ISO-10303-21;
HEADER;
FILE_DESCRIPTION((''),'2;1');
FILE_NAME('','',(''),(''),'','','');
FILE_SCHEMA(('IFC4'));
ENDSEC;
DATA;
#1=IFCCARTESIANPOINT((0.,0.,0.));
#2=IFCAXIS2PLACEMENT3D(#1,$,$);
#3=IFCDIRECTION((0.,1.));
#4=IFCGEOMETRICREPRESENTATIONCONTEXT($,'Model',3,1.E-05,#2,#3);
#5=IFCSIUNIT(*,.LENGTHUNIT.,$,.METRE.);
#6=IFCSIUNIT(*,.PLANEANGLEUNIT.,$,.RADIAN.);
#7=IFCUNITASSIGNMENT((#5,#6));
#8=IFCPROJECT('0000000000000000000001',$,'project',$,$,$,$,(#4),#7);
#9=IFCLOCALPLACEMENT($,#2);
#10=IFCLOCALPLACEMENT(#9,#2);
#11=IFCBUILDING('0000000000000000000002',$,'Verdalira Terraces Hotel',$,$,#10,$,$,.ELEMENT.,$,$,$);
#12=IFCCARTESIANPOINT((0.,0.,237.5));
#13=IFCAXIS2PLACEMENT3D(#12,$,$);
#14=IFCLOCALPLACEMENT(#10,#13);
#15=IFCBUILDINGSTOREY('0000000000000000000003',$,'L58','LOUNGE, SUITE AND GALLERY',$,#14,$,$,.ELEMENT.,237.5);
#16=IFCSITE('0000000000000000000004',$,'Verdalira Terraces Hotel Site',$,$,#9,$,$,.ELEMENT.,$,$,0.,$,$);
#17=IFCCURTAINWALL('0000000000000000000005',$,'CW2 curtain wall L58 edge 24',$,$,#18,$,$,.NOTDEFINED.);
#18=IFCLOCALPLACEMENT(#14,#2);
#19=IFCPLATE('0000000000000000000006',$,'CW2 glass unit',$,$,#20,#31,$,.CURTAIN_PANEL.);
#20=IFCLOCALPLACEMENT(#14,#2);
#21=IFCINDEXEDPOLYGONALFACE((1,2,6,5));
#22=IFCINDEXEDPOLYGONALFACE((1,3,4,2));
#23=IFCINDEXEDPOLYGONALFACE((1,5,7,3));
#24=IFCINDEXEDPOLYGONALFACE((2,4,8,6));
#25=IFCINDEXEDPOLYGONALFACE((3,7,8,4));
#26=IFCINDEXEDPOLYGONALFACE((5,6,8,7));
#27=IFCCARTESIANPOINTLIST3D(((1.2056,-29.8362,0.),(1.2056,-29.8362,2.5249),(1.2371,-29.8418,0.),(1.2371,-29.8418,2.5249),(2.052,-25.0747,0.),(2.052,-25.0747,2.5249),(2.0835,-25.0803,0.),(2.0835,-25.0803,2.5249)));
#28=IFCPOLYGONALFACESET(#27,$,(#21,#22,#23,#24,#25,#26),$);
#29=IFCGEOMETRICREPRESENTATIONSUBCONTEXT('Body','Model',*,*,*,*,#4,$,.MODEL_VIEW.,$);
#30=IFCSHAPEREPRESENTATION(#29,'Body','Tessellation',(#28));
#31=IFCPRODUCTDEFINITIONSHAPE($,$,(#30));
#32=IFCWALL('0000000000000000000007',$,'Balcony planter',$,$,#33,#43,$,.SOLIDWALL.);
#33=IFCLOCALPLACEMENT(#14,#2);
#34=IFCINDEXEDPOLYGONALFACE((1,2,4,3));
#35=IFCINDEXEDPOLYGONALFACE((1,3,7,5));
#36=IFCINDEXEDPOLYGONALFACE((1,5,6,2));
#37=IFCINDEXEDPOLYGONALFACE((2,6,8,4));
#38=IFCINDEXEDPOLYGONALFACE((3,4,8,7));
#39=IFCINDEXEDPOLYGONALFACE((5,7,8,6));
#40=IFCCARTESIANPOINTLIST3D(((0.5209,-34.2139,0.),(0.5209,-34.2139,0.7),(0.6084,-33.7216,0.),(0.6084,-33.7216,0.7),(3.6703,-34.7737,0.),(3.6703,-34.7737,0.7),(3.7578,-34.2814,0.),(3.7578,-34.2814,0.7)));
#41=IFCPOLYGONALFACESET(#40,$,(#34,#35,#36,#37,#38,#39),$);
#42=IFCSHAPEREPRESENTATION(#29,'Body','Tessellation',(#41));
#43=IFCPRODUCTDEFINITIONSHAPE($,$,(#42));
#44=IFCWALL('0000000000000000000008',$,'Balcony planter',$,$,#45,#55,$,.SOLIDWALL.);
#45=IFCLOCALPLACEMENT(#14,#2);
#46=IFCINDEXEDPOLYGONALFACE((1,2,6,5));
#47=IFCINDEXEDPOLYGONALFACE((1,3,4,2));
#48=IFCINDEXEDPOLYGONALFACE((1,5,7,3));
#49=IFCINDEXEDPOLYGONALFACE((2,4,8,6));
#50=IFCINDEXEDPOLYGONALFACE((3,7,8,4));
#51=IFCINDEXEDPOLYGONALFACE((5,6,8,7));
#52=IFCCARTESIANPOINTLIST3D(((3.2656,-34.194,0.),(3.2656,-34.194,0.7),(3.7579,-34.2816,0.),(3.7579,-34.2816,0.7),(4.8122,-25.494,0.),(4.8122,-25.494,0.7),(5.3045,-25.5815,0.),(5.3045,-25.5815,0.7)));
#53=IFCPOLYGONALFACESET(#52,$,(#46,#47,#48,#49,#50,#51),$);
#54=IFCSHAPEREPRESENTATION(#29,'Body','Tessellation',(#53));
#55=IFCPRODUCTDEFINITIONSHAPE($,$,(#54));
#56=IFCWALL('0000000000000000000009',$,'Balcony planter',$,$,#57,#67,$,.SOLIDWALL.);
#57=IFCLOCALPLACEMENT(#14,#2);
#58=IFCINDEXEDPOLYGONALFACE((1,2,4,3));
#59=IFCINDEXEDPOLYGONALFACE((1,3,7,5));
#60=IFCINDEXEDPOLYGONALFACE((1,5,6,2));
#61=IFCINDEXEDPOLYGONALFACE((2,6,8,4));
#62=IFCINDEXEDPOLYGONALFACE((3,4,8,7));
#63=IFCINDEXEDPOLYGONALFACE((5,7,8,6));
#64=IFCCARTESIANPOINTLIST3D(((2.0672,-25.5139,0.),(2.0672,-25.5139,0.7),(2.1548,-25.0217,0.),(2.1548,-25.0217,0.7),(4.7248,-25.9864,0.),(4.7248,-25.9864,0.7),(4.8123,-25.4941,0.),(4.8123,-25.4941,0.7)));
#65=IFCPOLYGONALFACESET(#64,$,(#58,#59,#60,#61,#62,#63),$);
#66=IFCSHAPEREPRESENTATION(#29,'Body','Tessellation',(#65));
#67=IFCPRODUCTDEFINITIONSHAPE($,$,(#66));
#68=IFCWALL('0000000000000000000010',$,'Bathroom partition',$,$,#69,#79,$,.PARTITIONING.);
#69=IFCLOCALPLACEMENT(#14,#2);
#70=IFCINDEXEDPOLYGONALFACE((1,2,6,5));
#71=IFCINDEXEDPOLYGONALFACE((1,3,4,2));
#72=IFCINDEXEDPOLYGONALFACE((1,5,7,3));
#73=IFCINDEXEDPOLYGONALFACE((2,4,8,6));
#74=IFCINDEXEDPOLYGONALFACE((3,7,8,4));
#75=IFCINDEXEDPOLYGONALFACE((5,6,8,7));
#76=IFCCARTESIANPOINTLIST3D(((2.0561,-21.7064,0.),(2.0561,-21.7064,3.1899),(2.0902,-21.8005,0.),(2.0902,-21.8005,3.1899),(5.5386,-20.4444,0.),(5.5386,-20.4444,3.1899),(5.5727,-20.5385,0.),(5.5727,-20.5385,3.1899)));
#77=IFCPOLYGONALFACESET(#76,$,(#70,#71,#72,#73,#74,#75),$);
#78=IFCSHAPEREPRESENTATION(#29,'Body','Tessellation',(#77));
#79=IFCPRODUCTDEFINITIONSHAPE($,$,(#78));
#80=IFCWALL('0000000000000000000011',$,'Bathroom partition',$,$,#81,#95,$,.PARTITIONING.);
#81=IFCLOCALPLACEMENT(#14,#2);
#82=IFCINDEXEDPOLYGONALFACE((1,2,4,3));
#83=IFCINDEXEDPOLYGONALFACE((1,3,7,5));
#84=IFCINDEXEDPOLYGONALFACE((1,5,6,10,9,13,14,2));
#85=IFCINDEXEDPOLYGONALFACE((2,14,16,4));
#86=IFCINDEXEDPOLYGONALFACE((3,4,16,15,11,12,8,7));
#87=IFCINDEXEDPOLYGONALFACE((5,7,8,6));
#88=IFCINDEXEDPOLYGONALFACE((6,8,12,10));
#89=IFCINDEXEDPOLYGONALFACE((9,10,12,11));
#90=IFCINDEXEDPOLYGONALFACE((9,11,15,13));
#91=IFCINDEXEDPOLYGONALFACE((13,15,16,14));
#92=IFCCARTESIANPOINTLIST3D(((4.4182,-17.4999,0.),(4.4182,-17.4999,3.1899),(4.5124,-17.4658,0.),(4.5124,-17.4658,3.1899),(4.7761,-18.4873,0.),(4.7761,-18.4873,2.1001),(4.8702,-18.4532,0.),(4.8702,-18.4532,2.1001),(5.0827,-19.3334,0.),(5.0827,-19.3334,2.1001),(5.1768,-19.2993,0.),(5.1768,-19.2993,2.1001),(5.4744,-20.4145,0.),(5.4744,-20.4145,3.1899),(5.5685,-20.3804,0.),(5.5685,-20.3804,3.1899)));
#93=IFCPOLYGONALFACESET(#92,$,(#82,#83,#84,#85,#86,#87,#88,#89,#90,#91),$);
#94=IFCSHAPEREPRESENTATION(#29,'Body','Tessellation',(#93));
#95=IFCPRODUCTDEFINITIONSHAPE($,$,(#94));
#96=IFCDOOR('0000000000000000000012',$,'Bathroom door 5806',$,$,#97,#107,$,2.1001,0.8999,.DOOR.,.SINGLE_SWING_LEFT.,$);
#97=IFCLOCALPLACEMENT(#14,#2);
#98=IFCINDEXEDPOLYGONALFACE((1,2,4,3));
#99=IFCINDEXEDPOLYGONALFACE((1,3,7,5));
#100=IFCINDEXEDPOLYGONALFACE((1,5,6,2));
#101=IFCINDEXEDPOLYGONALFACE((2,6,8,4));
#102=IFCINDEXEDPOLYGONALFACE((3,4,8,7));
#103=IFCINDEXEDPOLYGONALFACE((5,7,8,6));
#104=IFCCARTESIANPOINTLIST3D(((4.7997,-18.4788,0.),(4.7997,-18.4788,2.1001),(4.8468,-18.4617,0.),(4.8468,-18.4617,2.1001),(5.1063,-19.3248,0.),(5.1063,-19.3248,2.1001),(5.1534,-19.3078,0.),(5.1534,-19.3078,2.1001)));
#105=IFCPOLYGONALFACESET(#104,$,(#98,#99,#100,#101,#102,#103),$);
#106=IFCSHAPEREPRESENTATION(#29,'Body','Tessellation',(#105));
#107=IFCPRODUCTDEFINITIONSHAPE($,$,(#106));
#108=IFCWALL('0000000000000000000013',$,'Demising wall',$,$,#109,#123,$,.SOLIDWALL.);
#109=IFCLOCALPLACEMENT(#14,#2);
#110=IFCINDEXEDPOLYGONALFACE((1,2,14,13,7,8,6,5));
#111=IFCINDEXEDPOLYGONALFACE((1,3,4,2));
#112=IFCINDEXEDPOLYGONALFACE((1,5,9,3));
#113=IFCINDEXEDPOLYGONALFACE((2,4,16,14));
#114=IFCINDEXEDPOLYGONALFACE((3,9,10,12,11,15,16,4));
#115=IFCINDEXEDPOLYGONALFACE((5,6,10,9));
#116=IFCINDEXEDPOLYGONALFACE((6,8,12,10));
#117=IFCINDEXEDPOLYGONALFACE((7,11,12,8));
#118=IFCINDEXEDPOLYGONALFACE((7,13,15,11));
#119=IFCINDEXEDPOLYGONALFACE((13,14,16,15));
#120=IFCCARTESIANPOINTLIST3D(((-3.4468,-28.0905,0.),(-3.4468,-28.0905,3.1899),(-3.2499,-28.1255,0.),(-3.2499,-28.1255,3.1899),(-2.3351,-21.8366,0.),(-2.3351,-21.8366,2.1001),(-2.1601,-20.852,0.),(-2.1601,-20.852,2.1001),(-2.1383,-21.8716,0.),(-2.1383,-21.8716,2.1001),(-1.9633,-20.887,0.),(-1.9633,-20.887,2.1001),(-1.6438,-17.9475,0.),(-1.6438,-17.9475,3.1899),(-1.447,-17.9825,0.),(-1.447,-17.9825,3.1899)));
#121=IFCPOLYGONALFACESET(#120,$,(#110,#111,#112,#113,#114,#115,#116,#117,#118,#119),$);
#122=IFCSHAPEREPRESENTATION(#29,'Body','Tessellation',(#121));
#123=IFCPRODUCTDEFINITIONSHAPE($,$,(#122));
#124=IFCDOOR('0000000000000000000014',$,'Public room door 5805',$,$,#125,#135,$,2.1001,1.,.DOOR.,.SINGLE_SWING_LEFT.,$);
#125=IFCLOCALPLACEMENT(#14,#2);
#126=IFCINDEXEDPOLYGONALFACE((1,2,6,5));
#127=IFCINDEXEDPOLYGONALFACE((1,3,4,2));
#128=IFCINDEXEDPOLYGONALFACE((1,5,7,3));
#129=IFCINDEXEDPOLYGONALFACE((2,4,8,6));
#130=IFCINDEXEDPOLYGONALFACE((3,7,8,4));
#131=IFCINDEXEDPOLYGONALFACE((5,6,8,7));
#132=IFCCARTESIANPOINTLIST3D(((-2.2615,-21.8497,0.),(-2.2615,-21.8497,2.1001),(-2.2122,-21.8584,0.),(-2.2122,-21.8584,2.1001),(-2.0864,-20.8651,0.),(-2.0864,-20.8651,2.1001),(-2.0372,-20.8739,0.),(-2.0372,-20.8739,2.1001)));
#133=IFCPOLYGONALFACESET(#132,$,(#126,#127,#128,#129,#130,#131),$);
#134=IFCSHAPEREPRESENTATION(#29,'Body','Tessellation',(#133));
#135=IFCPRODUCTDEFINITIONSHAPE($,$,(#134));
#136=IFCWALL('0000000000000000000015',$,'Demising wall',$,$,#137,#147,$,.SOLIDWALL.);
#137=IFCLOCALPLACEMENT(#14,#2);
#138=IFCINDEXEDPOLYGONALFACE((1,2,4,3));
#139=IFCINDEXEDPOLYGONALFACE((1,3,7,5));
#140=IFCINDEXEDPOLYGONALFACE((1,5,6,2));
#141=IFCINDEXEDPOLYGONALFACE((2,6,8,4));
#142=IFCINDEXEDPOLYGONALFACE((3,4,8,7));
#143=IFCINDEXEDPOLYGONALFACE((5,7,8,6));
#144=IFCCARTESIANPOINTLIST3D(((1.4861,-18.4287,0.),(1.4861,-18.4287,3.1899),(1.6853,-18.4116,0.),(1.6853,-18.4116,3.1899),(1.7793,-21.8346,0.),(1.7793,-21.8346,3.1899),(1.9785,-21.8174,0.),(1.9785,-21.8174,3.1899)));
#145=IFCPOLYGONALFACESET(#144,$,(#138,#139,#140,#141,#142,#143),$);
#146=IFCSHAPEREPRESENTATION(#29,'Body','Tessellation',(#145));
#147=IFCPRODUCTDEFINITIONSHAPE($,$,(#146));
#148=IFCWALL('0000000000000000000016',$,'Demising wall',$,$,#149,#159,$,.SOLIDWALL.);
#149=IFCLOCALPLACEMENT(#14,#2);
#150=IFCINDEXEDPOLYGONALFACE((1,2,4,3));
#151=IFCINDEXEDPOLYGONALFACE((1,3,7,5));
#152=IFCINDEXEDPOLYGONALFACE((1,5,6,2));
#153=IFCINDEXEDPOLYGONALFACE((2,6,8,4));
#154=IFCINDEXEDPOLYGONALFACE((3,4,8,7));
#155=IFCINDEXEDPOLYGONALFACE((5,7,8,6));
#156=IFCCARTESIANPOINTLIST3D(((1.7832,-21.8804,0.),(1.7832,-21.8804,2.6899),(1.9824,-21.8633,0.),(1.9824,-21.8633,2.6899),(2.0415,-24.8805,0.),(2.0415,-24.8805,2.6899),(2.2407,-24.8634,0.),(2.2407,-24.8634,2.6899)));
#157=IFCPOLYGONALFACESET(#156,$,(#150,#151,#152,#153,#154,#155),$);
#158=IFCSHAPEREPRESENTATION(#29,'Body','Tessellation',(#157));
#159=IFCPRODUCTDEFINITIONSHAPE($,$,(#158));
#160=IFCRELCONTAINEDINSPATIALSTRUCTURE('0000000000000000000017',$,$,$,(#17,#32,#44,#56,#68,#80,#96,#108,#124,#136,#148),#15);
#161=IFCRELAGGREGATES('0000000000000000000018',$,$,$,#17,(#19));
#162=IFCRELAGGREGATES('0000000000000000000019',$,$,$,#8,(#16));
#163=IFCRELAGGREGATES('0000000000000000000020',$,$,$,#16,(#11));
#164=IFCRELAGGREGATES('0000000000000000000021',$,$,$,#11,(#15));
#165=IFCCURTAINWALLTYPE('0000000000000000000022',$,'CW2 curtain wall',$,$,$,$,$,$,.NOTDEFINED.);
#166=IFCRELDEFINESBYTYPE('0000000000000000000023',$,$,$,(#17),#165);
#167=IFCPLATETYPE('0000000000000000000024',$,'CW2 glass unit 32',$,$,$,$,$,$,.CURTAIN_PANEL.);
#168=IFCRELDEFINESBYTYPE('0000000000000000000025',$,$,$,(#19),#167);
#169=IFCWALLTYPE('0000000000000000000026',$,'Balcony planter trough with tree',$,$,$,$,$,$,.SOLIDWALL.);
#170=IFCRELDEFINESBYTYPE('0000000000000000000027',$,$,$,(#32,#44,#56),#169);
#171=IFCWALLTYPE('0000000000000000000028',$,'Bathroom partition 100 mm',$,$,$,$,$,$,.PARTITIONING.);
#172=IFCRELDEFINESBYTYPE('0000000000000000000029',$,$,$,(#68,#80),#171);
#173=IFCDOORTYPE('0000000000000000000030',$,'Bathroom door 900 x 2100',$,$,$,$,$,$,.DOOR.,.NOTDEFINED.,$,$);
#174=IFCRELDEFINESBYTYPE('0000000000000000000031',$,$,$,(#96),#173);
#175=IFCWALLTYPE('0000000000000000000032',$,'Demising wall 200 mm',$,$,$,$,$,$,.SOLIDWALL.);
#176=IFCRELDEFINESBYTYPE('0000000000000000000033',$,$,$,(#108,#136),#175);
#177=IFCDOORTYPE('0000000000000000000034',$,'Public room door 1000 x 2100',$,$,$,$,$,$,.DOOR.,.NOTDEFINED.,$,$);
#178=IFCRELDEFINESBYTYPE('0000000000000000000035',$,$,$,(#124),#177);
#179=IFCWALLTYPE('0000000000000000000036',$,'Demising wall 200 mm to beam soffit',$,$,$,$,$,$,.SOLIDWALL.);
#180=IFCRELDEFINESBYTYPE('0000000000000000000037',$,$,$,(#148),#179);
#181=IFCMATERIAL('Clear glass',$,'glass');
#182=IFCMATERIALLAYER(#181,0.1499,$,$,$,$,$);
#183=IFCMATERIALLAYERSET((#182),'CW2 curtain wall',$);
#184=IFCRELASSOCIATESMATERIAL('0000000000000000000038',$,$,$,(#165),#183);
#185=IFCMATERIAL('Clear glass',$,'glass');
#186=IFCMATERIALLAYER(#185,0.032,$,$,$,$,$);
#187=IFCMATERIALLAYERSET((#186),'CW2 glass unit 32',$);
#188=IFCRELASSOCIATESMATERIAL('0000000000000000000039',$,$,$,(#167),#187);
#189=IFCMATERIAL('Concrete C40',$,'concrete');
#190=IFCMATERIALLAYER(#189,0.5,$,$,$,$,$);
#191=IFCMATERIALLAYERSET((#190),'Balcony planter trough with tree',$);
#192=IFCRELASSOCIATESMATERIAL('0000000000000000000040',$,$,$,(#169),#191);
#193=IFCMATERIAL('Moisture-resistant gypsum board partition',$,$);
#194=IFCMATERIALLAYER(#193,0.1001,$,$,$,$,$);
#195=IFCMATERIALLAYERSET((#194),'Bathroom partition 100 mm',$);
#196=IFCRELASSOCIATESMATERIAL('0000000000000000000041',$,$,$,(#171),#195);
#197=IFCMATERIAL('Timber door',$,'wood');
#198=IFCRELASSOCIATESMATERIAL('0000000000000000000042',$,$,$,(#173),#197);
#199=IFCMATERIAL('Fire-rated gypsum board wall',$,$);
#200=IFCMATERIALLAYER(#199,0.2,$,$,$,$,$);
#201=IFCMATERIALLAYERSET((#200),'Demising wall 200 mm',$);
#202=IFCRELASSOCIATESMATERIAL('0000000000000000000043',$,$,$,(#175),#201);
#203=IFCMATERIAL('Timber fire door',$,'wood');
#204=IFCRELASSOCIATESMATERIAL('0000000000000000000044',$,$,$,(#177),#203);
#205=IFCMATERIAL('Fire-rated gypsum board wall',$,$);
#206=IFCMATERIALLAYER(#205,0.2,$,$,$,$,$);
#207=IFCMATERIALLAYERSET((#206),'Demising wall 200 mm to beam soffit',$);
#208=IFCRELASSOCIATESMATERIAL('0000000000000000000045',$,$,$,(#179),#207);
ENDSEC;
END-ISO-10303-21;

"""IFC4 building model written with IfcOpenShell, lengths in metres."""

from ifc_helpers import new_model, si_unit, direction, frame, frame_2d, origin, origin_2d, place, context, subcontext, project, spatial, rectangle, extrude, material, layer, layer_set, type_object, element, fill, aggregate, save


model = new_model("IFC4")

# Units and contexts
model_context = context("Model", 3, precision=1e-05, world=origin(), true_north=direction((0.0, 1.0)))
body_context = subcontext(model_context, "Body", "Model", "MODEL_VIEW")
ifc_project = project(units=[si_unit("LENGTHUNIT", "METRE"), si_unit("PLANEANGLEUNIT", "RADIAN")], contexts=[model_context])

# Site, building, storey
site_placement = place(None, origin())
site = spatial("IfcSite", under=ifc_project, at=site_placement, Name="Verdalira Terraces Hotel Site", CompositionType="ELEMENT", RefElevation=0.0)
building_placement = place(site_placement, origin())
building = spatial("IfcBuilding", under=site, at=building_placement, Name="Verdalira Terraces Hotel", CompositionType="ELEMENT")
storey_placement = place(building_placement, frame((0.0, 0.0, 237.5)))
storey = spatial("IfcBuildingStorey", under=building, at=storey_placement, Name="L58", Description="LOUNGE, SUITE AND GALLERY", CompositionType="ELEMENT", Elevation=237.5)

# Curtain wall
ifc_material_1 = material(Name="Clear glass", Category="glass")
ifc_layer_1 = layer(ifc_material_1, 0.1499)
ifc_layer_set_1 = layer_set([ifc_layer_1], Name="CW2 curtain wall")
curtain_wall_type_1 = type_object("IfcCurtainWallType", Name="CW2 curtain wall", PredefinedType="NOTDEFINED", material=ifc_layer_set_1)
curtain_wall_1_placement = place(storey_placement, origin())
curtain_wall_1 = element("IfcCurtainWall", 1, at=curtain_wall_1_placement, inside=storey, type_object=curtain_wall_type_1, Name="CW2 curtain wall L58 edge 24", PredefinedType="NOTDEFINED")

# Plate
ifc_material_2 = material(Name="Clear glass", Category="glass")
ifc_layer_2 = layer(ifc_material_2, 0.032)
ifc_layer_set_2 = layer_set([ifc_layer_2], Name="CW2 glass unit 32")
plate_type = type_object("IfcPlateType", Name="CW2 glass unit 32", PredefinedType="CURTAIN_PANEL", material=ifc_layer_set_2)
plate_placement = place(storey_placement, frame((1.6445, -27.4583, 0.0), z_axis=(0.0, 0.0, 1.0), x_axis=(0.175023, 0.984564, 0.0)))
plate = element("IfcPlate", 2, at=plate_placement, type_object=plate_type, Name="CW2 glass unit", PredefinedType="CURTAIN_PANEL", context=body_context, shape_type="SweptSolid", body=[
    extrude(rectangle(XDim=4.8362, YDim=0.032, at=origin_2d()), origin(), (0.0, 0.0, 1.0), 2.5249),
])
aggregate(curtain_wall_1, [plate])

# Walls
ifc_material_3 = material(Name="Concrete C40", Category="concrete")
ifc_layer_3 = layer(ifc_material_3, 0.5)
ifc_layer_set_3 = layer_set([ifc_layer_3], Name="Balcony planter trough with tree")
wall_type_1 = type_object("IfcWallType", Name="Balcony planter trough with tree", PredefinedType="SOLIDWALL", material=ifc_layer_set_3)
wall_1_placement = place(storey_placement, frame((0.5647, -33.9678, 0.0), z_axis=(0.0, 0.0, 1.0), x_axis=(0.984567, -0.175009, 0.0)))
element("IfcWall", 3, at=wall_1_placement, inside=storey, type_object=wall_type_1, Name="Balcony planter", PredefinedType="SOLIDWALL", context=body_context, shape_type="SweptSolid", body=[
    extrude(rectangle(XDim=3.1987, YDim=0.5, at=frame_2d((1.5994, 0.0))), origin(), (0.0, 0.0, 1.0), 0.7),
])
wall_2_placement = place(storey_placement, frame((3.5117, -34.2378, 0.0), z_axis=(0.0, 0.0, 1.0), x_axis=(0.17503, 0.984563, 0.0)))
element("IfcWall", 4, at=wall_2_placement, inside=storey, type_object=wall_type_1, Name="Balcony planter", PredefinedType="SOLIDWALL", context=body_context, shape_type="SweptSolid", body=[
    extrude(rectangle(XDim=8.8364, YDim=0.5, at=frame_2d((4.4182, 0.0))), origin(), (0.0, 0.0, 1.0), 0.7),
])
wall_3_placement = place(storey_placement, frame((4.7686, -25.7402, 0.0), z_axis=(0.0, 0.0, 1.0), x_axis=(-0.984564, 0.175024, 0.0)))
element("IfcWall", 5, at=wall_3_placement, inside=storey, type_object=wall_type_1, Name="Balcony planter", PredefinedType="SOLIDWALL", context=body_context, shape_type="SweptSolid", body=[
    extrude(rectangle(XDim=2.6992, YDim=0.5, at=frame_2d((1.3496, 0.0))), origin(), (0.0, 0.0, 1.0), 0.7),
])
ifc_material_4 = material(Name="Moisture-resistant gypsum board partition")
ifc_layer_4 = layer(ifc_material_4, 0.1001)
ifc_layer_set_4 = layer_set([ifc_layer_4], Name="Bathroom partition 100 mm")
wall_type_2 = type_object("IfcWallType", Name="Bathroom partition 100 mm", PredefinedType="PARTITIONING", material=ifc_layer_set_4)
wall_4_placement = place(storey_placement, frame((5.5557, -20.4915, 0.0), z_axis=(0.0, 0.0, 1.0), x_axis=(-0.940172, -0.3407, 0.0)))
element("IfcWall", 6, at=wall_4_placement, inside=storey, type_object=wall_type_2, Name="Bathroom partition", PredefinedType="PARTITIONING", context=body_context, shape_type="SweptSolid", body=[
    extrude(rectangle(XDim=3.7041, YDim=0.1001, at=frame_2d((1.8521, 0.0))), origin(), (0.0, 0.0, 1.0), 3.1899),
])

# Walls, openings, doors
wall_5_placement = place(storey_placement, frame((5.5215, -20.3975, 0.0), z_axis=(0.0, 0.0, 1.0), x_axis=(-0.340693, 0.940175, 0.0)))
wall_5 = element("IfcWall", 7, at=wall_5_placement, inside=storey, type_object=wall_type_2, Name="Bathroom partition", PredefinedType="PARTITIONING", context=body_context, shape_type="SweptSolid", body=[
    extrude(rectangle(XDim=3.1001, YDim=0.1001, at=frame_2d((1.55, 0.0))), origin(), (0.0, 0.0, 1.0), 3.1899),
])
opening_1_placement = place(wall_5_placement, frame((1.1499, 0.0, 0.0)))
opening_1 = element("IfcOpeningElement", 8, at=opening_1_placement, cuts=wall_5, PredefinedType="OPENING", context=body_context, shape_type="SweptSolid", body=[
    extrude(rectangle(XDim=0.8999, YDim=2.1001, at=frame_2d((0.45, 1.05))), frame((0.0, 0.0601, 0.0), z_axis=(0.0, -1.0, 0.0), x_axis=(1.0, 0.0, 0.0)), (0.0, 0.0, 1.0), 0.1201),
])
ifc_material_5 = material(Name="Timber door", Category="wood")
door_type_1 = type_object("IfcDoorType", Name="Bathroom door 900 x 2100", OperationType="NOTDEFINED", PredefinedType="DOOR", material=ifc_material_5)
door_1_placement = place(opening_1_placement, origin())
door_1 = element("IfcDoor", 9, at=door_1_placement, inside=storey, type_object=door_type_1, Name="Bathroom door 5806", OperationType="SINGLE_SWING_LEFT", OverallHeight=2.1001, OverallWidth=0.8999, PredefinedType="DOOR", context=body_context, shape_type="SweptSolid", body=[
    extrude(rectangle(XDim=0.8999, YDim=2.1001, at=frame_2d((0.45, 1.05))), frame((0.0, 0.0249, 0.0), z_axis=(0.0, -1.0, 0.0), x_axis=(1.0, 0.0, 0.0)), (0.0, 0.0, 1.0), 0.05),
])
fill(opening_1, door_1)
ifc_material_6 = material(Name="Fire-rated gypsum board wall")
ifc_layer_5 = layer(ifc_material_6, 0.2)
ifc_layer_set_5 = layer_set([ifc_layer_5], Name="Demising wall 200 mm")
wall_type_3 = type_object("IfcWallType", Name="Demising wall 200 mm", PredefinedType="SOLIDWALL", material=ifc_layer_set_5)
wall_6_placement = place(storey_placement, frame((-1.5454, -17.9651, 0.0), z_axis=(0.0, 0.0, 1.0), x_axis=(-0.175011, -0.984566, 0.0)))
wall_6 = element("IfcWall", 10, at=wall_6_placement, inside=storey, type_object=wall_type_3, Name="Demising wall", PredefinedType="SOLIDWALL", context=body_context, shape_type="SweptSolid", body=[
    extrude(rectangle(XDim=10.302, YDim=0.2, at=frame_2d((5.1509, 0.0))), origin(), (0.0, 0.0, 1.0), 3.1899),
])
opening_2_placement = place(wall_6_placement, frame((2.95, 0.0, 0.0)))
opening_2 = element("IfcOpeningElement", 11, at=opening_2_placement, cuts=wall_6, PredefinedType="OPENING", context=body_context, shape_type="SweptSolid", body=[
    extrude(rectangle(XDim=1.0, YDim=2.1001, at=frame_2d((0.5, 1.05))), frame((0.0, 0.1099, 0.0), z_axis=(0.0, -1.0, 0.0), x_axis=(1.0, 0.0, 0.0)), (0.0, 0.0, 1.0), 0.22),
])
ifc_material_7 = material(Name="Timber fire door", Category="wood")
door_type_2 = type_object("IfcDoorType", Name="Public room door 1000 x 2100", OperationType="NOTDEFINED", PredefinedType="DOOR", material=ifc_material_7)
door_2_placement = place(opening_2_placement, origin())
door_2 = element("IfcDoor", 12, at=door_2_placement, inside=storey, type_object=door_type_2, Name="Public room door 5805", OperationType="SINGLE_SWING_LEFT", OverallHeight=2.1001, OverallWidth=1.0, PredefinedType="DOOR", context=body_context, shape_type="SweptSolid", body=[
    extrude(rectangle(XDim=1.0, YDim=2.1001, at=frame_2d((0.5, 1.05))), frame((0.0, 0.0249, 0.0), z_axis=(0.0, -1.0, 0.0), x_axis=(1.0, 0.0, 0.0)), (0.0, 0.0, 1.0), 0.05),
])
fill(opening_2, door_2)

# Walls
wall_7_placement = place(storey_placement, frame((1.5857, -18.4202, 0.0), z_axis=(0.0, 0.0, 1.0), x_axis=(0.085776, -0.996314, 0.0)))
element("IfcWall", 13, at=wall_7_placement, inside=storey, type_object=wall_type_3, Name="Demising wall", PredefinedType="SOLIDWALL", context=body_context, shape_type="SweptSolid", body=[
    extrude(rectangle(XDim=3.4185, YDim=0.2, at=frame_2d((1.7092, 0.0))), origin(), (0.0, 0.0, 1.0), 3.1899),
])
ifc_material_8 = material(Name="Fire-rated gypsum board wall")
ifc_layer_6 = layer(ifc_material_8, 0.2)
ifc_layer_set_6 = layer_set([ifc_layer_6], Name="Demising wall 200 mm to beam soffit")
wall_type_4 = type_object("IfcWallType", Name="Demising wall 200 mm to beam soffit", PredefinedType="SOLIDWALL", material=ifc_layer_set_6)
wall_8_placement = place(storey_placement, frame((1.8828, -21.8718, 0.0), z_axis=(0.0, 0.0, 1.0), x_axis=(0.085776, -0.996314, 0.0)))
element("IfcWall", 14, at=wall_8_placement, inside=storey, type_object=wall_type_4, Name="Demising wall", PredefinedType="SOLIDWALL", context=body_context, shape_type="SweptSolid", body=[
    extrude(rectangle(XDim=3.0112, YDim=0.2, at=frame_2d((1.5056, 0.0))), origin(), (0.0, 0.0, 1.0), 2.6899),
])

save(model, "model.ifc")
